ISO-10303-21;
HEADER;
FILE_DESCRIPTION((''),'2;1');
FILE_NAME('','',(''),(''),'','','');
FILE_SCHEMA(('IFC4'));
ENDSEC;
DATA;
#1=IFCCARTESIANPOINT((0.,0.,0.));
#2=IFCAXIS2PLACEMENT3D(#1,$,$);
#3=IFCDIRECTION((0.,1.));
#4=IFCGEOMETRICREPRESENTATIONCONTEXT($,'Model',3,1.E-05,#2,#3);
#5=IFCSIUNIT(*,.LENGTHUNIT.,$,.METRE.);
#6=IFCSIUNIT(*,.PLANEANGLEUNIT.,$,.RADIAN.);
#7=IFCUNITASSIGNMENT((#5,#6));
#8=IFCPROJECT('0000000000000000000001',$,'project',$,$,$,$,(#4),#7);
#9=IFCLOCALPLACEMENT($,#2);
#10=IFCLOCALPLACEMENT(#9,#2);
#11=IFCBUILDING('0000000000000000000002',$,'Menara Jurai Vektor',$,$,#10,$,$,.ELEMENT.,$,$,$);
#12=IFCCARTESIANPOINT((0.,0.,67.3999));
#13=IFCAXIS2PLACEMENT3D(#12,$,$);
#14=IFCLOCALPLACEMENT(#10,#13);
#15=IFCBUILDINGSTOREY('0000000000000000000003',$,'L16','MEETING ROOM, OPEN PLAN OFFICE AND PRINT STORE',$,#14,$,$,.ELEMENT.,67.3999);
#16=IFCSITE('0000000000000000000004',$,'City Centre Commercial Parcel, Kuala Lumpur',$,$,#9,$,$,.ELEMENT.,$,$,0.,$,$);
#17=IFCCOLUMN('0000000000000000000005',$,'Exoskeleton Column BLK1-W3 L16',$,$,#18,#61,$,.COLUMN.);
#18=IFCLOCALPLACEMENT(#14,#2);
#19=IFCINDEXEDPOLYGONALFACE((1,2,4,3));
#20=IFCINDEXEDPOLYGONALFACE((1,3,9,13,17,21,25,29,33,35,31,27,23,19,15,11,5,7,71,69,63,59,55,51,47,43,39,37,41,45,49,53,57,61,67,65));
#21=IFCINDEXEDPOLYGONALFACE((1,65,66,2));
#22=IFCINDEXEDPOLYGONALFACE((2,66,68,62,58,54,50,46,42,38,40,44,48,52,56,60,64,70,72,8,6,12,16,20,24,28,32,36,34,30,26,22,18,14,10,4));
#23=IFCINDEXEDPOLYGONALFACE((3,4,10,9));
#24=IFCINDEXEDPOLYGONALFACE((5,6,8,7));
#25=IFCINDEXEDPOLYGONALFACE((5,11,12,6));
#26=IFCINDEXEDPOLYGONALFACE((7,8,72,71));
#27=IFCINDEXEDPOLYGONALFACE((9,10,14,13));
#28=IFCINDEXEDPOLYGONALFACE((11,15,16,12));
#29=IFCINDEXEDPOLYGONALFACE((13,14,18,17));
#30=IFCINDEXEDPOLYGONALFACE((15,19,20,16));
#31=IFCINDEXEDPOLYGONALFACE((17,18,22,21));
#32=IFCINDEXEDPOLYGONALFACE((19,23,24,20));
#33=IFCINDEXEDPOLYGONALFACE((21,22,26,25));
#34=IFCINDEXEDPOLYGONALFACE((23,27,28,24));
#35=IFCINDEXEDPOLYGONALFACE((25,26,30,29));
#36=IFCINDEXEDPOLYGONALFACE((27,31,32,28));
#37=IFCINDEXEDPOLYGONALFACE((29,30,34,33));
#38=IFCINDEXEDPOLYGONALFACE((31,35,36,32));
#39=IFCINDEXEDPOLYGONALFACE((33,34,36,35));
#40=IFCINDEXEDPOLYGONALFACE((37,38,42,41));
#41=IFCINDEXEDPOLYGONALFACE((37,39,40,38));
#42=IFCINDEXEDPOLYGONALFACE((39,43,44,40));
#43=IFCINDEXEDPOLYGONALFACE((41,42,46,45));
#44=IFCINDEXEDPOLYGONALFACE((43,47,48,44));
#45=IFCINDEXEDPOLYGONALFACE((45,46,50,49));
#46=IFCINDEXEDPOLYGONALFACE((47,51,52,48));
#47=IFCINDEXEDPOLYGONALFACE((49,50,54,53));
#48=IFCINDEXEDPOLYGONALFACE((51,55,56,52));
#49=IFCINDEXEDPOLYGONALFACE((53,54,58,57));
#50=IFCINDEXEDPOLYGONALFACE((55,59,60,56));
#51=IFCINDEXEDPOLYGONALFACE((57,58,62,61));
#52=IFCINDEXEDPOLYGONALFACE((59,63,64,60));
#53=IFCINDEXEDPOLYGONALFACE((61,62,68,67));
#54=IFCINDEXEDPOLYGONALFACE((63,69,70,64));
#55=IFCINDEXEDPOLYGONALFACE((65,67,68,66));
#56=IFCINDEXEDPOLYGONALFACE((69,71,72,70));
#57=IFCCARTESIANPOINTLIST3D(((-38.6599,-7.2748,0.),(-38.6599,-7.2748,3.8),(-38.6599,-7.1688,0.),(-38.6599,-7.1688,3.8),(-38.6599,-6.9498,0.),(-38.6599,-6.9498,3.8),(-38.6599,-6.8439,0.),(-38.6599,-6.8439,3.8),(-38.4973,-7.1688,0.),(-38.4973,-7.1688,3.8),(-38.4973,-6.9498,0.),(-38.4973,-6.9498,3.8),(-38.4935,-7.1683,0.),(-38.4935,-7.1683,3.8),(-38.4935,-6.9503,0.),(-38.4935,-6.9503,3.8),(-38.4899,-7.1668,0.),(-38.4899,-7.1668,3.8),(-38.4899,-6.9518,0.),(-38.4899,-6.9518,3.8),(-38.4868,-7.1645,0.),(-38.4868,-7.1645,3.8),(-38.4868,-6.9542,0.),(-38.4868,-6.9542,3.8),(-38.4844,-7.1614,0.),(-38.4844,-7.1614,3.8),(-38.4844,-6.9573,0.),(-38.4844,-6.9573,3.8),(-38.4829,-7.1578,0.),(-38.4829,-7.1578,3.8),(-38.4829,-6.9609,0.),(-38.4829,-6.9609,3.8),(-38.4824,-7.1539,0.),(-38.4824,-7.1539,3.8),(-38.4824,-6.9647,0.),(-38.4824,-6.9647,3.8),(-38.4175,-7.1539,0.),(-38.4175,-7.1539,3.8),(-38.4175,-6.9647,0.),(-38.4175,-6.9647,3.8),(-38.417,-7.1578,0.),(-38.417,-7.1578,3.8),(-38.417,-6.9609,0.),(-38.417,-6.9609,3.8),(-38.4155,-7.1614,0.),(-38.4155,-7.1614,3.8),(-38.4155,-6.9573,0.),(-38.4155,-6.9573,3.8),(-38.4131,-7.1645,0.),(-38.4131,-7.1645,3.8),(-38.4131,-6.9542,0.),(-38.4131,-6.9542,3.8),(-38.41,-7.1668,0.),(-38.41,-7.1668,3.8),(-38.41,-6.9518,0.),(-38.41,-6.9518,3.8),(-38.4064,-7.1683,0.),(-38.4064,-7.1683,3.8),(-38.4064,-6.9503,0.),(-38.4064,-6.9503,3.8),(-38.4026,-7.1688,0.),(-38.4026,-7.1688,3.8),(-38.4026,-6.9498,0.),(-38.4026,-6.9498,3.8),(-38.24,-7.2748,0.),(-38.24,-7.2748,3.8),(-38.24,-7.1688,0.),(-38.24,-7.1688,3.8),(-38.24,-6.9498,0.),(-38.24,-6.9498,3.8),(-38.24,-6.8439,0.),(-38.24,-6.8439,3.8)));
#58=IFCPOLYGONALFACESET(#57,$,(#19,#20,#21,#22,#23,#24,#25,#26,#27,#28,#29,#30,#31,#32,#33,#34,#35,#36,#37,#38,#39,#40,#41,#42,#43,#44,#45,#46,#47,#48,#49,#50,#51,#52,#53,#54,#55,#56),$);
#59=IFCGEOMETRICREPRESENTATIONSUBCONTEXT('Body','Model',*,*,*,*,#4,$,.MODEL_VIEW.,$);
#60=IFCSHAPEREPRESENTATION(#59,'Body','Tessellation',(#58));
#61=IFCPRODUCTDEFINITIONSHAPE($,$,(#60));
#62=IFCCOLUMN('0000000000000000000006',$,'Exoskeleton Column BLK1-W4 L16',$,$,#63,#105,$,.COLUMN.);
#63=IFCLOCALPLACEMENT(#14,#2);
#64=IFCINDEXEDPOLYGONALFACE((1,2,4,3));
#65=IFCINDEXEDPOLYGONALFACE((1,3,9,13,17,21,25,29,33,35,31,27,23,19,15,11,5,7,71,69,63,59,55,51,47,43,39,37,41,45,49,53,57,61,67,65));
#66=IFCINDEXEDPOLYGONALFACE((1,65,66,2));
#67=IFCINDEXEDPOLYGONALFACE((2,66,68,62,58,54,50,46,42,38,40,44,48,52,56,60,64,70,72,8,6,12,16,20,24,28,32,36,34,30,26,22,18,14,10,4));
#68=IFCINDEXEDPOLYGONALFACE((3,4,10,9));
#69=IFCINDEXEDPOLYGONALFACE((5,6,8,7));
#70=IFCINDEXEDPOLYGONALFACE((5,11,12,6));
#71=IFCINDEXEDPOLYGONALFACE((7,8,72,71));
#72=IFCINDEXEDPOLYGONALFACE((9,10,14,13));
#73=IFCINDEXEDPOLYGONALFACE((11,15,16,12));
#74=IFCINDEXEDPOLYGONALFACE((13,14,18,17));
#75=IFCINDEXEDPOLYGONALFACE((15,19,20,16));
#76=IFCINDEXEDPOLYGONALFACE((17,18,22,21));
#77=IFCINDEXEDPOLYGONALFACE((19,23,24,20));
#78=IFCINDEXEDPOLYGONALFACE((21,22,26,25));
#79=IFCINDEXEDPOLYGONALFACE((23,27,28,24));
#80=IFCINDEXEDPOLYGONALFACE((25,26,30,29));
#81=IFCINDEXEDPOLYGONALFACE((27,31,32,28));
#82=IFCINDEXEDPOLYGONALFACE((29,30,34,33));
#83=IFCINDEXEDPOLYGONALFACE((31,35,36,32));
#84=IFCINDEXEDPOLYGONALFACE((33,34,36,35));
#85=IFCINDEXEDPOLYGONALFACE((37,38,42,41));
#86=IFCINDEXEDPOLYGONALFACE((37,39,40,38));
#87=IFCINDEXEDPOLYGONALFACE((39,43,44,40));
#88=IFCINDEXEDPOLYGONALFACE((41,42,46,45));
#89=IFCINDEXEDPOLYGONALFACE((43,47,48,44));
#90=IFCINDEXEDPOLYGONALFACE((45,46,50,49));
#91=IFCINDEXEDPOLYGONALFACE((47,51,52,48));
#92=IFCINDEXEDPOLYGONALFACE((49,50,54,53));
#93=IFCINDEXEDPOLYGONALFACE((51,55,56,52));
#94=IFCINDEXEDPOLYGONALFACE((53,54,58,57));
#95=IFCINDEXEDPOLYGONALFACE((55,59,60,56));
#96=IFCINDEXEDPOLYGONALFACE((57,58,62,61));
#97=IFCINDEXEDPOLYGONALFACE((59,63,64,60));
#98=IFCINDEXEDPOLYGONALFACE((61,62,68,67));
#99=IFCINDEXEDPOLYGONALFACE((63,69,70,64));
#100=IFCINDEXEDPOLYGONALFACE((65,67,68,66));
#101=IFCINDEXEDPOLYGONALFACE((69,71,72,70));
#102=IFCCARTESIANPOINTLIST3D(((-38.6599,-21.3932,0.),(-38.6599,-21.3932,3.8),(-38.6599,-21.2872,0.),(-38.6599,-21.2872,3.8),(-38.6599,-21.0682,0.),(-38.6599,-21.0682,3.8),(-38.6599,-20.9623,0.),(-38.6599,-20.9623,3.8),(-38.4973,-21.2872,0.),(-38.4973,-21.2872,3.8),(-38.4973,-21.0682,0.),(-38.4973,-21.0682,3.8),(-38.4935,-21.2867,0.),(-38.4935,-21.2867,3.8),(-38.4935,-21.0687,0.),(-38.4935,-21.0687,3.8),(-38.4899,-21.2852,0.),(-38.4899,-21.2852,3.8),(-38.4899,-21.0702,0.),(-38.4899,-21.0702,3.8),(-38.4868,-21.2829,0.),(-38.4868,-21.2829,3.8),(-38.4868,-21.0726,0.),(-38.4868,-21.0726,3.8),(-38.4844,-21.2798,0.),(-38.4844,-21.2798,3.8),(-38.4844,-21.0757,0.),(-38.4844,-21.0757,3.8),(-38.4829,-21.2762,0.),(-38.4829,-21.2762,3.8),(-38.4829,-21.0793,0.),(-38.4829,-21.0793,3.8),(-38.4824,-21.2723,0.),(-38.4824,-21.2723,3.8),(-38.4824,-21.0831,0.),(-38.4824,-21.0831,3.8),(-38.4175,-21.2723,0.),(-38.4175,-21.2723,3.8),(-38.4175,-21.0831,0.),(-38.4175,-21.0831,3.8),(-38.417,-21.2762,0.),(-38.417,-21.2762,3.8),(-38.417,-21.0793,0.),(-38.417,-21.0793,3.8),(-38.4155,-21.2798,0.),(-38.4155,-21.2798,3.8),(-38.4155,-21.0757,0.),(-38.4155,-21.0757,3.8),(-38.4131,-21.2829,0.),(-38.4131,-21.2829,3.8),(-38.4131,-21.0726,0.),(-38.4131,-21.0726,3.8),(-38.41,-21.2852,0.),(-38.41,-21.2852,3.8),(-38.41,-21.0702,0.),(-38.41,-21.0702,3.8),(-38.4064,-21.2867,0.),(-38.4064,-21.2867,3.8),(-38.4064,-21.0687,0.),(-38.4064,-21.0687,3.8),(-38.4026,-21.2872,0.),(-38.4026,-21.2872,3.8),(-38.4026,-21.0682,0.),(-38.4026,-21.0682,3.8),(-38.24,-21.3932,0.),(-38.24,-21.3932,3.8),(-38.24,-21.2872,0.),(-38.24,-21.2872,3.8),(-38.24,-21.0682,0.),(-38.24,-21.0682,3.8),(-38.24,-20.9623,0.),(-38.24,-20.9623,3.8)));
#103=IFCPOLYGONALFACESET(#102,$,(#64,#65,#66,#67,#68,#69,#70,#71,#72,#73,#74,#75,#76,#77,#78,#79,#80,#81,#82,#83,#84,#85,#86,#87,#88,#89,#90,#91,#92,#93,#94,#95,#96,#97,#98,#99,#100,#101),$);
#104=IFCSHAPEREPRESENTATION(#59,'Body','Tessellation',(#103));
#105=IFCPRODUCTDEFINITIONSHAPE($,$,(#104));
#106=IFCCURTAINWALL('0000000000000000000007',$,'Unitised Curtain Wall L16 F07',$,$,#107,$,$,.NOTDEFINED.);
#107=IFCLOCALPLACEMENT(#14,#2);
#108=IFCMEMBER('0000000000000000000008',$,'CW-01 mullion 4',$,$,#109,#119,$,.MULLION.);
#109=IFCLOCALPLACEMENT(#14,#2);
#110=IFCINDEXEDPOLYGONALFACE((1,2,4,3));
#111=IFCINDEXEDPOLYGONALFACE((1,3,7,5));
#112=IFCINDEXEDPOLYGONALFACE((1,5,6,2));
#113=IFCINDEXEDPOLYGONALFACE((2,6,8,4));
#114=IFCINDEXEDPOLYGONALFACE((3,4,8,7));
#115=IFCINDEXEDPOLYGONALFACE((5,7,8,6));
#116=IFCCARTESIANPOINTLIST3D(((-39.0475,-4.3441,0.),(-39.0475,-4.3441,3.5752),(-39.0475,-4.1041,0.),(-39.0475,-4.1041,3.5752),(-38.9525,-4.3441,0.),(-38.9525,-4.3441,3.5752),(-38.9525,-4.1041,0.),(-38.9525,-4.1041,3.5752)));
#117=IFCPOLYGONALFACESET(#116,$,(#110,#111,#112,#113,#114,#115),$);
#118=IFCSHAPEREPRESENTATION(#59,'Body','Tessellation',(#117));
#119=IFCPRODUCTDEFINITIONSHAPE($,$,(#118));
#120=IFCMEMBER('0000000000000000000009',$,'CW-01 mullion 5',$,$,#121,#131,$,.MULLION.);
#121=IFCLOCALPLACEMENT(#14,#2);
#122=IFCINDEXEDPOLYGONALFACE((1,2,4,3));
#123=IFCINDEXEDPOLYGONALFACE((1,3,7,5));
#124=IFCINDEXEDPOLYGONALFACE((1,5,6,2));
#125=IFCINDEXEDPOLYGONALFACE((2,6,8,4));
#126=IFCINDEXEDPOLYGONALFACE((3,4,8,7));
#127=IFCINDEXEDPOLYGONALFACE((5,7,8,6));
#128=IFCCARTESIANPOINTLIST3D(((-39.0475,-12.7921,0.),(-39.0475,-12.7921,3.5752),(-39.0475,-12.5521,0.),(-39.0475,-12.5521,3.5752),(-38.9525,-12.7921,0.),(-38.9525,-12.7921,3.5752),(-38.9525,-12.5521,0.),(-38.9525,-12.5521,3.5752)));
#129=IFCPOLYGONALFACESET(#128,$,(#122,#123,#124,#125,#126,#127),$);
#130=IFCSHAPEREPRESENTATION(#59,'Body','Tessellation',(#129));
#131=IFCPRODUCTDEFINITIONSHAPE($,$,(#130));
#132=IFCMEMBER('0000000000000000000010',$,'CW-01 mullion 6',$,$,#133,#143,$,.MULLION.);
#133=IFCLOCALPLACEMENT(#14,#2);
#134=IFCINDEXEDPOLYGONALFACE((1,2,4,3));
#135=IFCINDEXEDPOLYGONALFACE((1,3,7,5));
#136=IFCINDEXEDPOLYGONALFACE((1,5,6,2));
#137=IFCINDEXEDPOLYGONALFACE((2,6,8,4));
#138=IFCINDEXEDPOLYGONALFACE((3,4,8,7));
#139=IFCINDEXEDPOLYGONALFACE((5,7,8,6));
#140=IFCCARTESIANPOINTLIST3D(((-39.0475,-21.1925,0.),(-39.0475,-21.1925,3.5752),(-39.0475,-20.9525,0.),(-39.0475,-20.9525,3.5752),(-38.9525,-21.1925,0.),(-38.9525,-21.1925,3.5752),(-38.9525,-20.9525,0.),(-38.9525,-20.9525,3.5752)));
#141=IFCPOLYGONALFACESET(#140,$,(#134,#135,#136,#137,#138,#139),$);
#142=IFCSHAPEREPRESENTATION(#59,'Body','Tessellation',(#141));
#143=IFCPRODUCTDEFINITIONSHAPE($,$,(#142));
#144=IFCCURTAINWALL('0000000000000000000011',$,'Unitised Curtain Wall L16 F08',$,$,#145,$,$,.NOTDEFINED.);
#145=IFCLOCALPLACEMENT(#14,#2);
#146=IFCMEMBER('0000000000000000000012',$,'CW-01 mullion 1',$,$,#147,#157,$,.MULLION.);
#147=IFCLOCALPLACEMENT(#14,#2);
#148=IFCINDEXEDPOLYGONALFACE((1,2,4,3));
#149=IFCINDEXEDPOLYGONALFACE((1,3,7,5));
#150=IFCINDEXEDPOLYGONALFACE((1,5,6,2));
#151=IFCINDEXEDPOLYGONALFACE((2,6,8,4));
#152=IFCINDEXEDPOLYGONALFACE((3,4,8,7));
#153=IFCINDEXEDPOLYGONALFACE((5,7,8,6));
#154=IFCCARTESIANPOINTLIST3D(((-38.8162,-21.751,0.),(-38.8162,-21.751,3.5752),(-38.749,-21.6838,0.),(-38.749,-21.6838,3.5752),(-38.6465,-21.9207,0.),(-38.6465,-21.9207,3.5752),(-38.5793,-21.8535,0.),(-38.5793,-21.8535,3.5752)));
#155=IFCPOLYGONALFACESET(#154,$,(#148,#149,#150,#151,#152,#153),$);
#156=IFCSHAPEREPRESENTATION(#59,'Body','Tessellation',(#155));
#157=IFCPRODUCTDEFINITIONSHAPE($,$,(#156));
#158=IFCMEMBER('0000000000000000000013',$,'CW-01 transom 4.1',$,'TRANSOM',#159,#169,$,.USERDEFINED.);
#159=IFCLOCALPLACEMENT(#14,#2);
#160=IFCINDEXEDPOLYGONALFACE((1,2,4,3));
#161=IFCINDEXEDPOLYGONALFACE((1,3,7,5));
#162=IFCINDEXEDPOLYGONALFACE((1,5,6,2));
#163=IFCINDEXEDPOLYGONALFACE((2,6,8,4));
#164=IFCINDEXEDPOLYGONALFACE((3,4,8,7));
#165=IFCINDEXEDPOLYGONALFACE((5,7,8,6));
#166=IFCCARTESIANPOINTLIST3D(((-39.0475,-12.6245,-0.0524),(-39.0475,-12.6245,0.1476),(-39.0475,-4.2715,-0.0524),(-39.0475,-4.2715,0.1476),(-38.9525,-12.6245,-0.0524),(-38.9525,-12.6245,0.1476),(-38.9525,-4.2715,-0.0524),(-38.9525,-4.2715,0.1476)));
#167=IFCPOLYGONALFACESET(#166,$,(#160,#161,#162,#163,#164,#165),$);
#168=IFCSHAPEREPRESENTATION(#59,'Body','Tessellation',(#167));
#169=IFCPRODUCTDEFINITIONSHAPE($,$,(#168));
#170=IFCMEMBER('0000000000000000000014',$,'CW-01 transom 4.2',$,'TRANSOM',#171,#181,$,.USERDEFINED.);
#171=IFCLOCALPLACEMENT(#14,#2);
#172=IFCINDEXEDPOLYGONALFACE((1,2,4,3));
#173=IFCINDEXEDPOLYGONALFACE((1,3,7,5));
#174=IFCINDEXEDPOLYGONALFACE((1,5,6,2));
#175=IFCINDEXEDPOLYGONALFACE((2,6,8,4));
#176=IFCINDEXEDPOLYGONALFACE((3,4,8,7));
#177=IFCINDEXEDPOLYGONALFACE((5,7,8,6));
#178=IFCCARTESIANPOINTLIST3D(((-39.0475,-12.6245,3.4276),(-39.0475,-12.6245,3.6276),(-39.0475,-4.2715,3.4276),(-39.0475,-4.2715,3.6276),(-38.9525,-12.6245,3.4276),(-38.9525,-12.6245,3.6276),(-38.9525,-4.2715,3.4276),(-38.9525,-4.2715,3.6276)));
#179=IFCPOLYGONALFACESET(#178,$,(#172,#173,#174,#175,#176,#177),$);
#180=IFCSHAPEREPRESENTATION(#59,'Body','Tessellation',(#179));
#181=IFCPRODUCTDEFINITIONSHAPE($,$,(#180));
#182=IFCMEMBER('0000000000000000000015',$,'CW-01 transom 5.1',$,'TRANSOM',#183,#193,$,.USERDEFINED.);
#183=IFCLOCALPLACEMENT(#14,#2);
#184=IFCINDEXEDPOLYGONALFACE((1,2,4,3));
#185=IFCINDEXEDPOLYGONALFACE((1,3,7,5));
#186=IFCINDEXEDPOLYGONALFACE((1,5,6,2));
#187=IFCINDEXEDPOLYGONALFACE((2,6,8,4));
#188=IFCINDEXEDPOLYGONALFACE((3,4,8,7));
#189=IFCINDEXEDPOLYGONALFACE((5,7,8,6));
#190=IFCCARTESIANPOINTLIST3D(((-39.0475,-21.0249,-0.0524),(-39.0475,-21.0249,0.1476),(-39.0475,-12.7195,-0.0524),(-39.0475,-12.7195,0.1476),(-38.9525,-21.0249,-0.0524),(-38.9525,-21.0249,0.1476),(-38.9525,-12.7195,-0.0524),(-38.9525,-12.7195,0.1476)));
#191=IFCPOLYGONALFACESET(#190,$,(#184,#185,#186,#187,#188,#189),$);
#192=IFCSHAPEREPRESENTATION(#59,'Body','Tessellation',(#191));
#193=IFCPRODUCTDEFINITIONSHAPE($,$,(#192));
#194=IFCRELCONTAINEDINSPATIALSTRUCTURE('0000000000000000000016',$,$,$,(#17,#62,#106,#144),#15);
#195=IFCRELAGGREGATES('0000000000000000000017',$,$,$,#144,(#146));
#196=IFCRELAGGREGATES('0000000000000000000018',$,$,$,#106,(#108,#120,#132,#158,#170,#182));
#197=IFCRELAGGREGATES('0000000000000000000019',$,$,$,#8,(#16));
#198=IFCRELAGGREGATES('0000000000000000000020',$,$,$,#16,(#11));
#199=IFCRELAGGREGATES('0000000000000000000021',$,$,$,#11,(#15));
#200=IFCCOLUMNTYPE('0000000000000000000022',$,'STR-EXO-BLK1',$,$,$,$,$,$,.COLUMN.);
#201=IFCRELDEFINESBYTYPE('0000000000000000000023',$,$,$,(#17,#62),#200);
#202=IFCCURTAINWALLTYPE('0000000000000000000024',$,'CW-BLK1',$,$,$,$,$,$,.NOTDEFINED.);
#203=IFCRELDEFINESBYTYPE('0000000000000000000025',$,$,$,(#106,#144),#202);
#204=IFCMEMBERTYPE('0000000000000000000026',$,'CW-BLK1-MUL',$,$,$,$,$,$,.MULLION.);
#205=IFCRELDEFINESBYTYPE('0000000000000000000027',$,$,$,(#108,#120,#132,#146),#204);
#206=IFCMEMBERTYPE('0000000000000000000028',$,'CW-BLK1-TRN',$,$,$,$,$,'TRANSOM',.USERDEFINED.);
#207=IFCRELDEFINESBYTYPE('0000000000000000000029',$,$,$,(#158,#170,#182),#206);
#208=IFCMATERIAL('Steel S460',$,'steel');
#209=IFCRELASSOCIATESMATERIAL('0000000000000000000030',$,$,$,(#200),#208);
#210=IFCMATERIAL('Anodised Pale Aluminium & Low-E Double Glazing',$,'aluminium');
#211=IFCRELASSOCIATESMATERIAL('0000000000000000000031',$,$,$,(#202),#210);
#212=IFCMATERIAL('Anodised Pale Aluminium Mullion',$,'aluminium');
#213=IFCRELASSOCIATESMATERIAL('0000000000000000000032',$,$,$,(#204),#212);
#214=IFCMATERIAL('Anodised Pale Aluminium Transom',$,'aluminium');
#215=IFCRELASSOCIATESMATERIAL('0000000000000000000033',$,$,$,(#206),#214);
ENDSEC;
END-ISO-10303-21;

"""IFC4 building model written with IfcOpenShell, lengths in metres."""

from ifc_helpers import new_model, si_unit, direction, frame, origin, origin_2d, place, context, subcontext, project, spatial, rectangle, i_section, extrude, material, material_profile, profile_set, type_object, element, aggregate, save


model = new_model("IFC4")

# Units and contexts
model_context = context("Model", 3, precision=1e-05, world=origin(), true_north=direction((0.0, 1.0)))
body_context = subcontext(model_context, "Body", "Model", "MODEL_VIEW")
ifc_project = project(units=[si_unit("LENGTHUNIT", "METRE"), si_unit("PLANEANGLEUNIT", "RADIAN")], contexts=[model_context])

# Site, building, storey
site_placement = place(None, origin())
site = spatial("IfcSite", under=ifc_project, at=site_placement, Name="City Centre Commercial Parcel, Kuala Lumpur", CompositionType="ELEMENT", RefElevation=0.0)
building_placement = place(site_placement, origin())
building = spatial("IfcBuilding", under=site, at=building_placement, Name="Menara Jurai Vektor", CompositionType="ELEMENT")
storey_placement = place(building_placement, frame((0.0, 0.0, 67.3999)))
storey = spatial("IfcBuildingStorey", under=building, at=storey_placement, Name="L16", Description="MEETING ROOM, OPEN PLAN OFFICE AND PRINT STORE", CompositionType="ELEMENT", Elevation=67.3999)

# Columns
ifc_material_1 = material(Name="Steel S460", Category="steel")
ifc_material_profile_1 = material_profile(ifc_material_1, i_section(OverallWidth=0.4199, OverallDepth=0.4309, WebThickness=0.0649, FlangeThickness=0.106, FilletRadius=0.0149, at=origin_2d()), Name="HD 400x900")
ifc_profile_set_1 = profile_set([ifc_material_profile_1], Name="Steel S460")
column_type = type_object("IfcColumnType", Name="STR-EXO-BLK1", PredefinedType="COLUMN", material=ifc_profile_set_1)
for number, where, z_axis, x_axis, name in (
    (1, (-38.45, -7.0593, 0.0), (0.0, 0.0, 1.0), (1.0, 0.0, 0.0), "Exoskeleton Column BLK1-W3 L16"),
    (2, (-38.45, -21.1777, 0.0), (0.0, 0.0, 1.0), (1.0, 0.0, 0.0), "Exoskeleton Column BLK1-W4 L16"),
):
    element("IfcColumn", number, at=place(storey_placement, frame(where, z_axis=z_axis, x_axis=x_axis)), inside=storey, type_object=column_type, Name=name, PredefinedType="COLUMN", context=body_context, shape_type="SweptSolid", body=[
        extrude(i_section(OverallWidth=0.4199, OverallDepth=0.4309, WebThickness=0.0649, FlangeThickness=0.106, FilletRadius=0.0149, at=origin_2d()), origin(), (0.0, 0.0, 1.0), 3.8),
    ])

# Curtain wall, members
ifc_material_2 = material(Name="Anodised Pale Aluminium & Low-E Double Glazing", Category="aluminium")
curtain_wall_type = type_object("IfcCurtainWallType", Name="CW-BLK1", PredefinedType="NOTDEFINED", material=ifc_material_2)
curtain_wall_1_placement = place(storey_placement, origin())
curtain_wall_1 = element("IfcCurtainWall", 3, at=curtain_wall_1_placement, inside=storey, type_object=curtain_wall_type, Name="Unitised Curtain Wall L16 F07", PredefinedType="NOTDEFINED")
ifc_material_3 = material(Name="Anodised Pale Aluminium Mullion", Category="aluminium")
ifc_material_profile_2 = material_profile(ifc_material_3, rectangle(XDim=0.095, YDim=0.24, at=origin_2d()), Name="ALU MUL 95x240")
ifc_profile_set_2 = profile_set([ifc_material_profile_2], Name="Anodised Pale Aluminium Mullion")
member_type_1 = type_object("IfcMemberType", Name="CW-BLK1-MUL", PredefinedType="MULLION", material=ifc_profile_set_2)
member_1_placement = place(storey_placement, frame((-39.0, -4.2241, 0.0), z_axis=(0.0, 0.0, 1.0), x_axis=(1.0, 0.0, 0.0)))
member_1 = element("IfcMember", 4, at=member_1_placement, type_object=member_type_1, Name="CW-01 mullion 4", PredefinedType="MULLION", context=body_context, shape_type="SweptSolid", body=[
    extrude(rectangle(XDim=0.095, YDim=0.24, at=origin_2d()), origin(), (0.0, 0.0, 1.0), 3.5752),
])
member_2_placement = place(storey_placement, frame((-39.0, -12.6721, 0.0), z_axis=(0.0, 0.0, 1.0), x_axis=(1.0, 0.0, 0.0)))
member_2 = element("IfcMember", 5, at=member_2_placement, type_object=member_type_1, Name="CW-01 mullion 5", PredefinedType="MULLION", context=body_context, shape_type="SweptSolid", body=[
    extrude(rectangle(XDim=0.095, YDim=0.24, at=origin_2d()), origin(), (0.0, 0.0, 1.0), 3.5752),
])
member_3_placement = place(storey_placement, frame((-39.0, -21.0725, 0.0), z_axis=(0.0, 0.0, 1.0), x_axis=(1.0, 0.0, 0.0)))
member_3 = element("IfcMember", 6, at=member_3_placement, type_object=member_type_1, Name="CW-01 mullion 6", PredefinedType="MULLION", context=body_context, shape_type="SweptSolid", body=[
    extrude(rectangle(XDim=0.095, YDim=0.24, at=origin_2d()), origin(), (0.0, 0.0, 1.0), 3.5752),
])

# Curtain wall, member
curtain_wall_2_placement = place(storey_placement, origin())
curtain_wall_2 = element("IfcCurtainWall", 7, at=curtain_wall_2_placement, inside=storey, type_object=curtain_wall_type, Name="Unitised Curtain Wall L16 F08", PredefinedType="NOTDEFINED")
member_4_placement = place(storey_placement, frame((-38.6978, -21.8022, 0.0), z_axis=(0.0, 0.0, 1.0), x_axis=(0.707107, 0.707107, 0.0)))
member_4 = element("IfcMember", 8, at=member_4_placement, type_object=member_type_1, Name="CW-01 mullion 1", PredefinedType="MULLION", context=body_context, shape_type="SweptSolid", body=[
    extrude(rectangle(XDim=0.095, YDim=0.24, at=origin_2d()), origin(), (0.0, 0.0, 1.0), 3.5752),
])
aggregate(curtain_wall_2, [member_4])

# Members
ifc_material_4 = material(Name="Anodised Pale Aluminium Transom", Category="aluminium")
ifc_material_profile_3 = material_profile(ifc_material_4, rectangle(XDim=0.095, YDim=0.2, at=origin_2d()), Name="ALU TRN 95x200")
ifc_profile_set_3 = profile_set([ifc_material_profile_3], Name="Anodised Pale Aluminium Transom")
member_type_2 = type_object("IfcMemberType", Name="CW-BLK1-TRN", ElementType="TRANSOM", PredefinedType="USERDEFINED", material=ifc_profile_set_3)
member_5_placement = place(storey_placement, frame((-39.0, -4.2715, 0.0476), z_axis=(0.0, -1.0, 0.0), x_axis=(1.0, 0.0, 0.0)))
member_5 = element("IfcMember", 9, at=member_5_placement, type_object=member_type_2, Name="CW-01 transom 4.1", ObjectType="TRANSOM", PredefinedType="USERDEFINED", context=body_context, shape_type="SweptSolid", body=[
    extrude(rectangle(XDim=0.095, YDim=0.2, at=origin_2d()), origin(), (0.0, 0.0, 1.0), 8.353),
])
member_6_placement = place(storey_placement, frame((-39.0, -4.2715, 3.5276), z_axis=(0.0, -1.0, 0.0), x_axis=(1.0, 0.0, 0.0)))
member_6 = element("IfcMember", 10, at=member_6_placement, type_object=member_type_2, Name="CW-01 transom 4.2", ObjectType="TRANSOM", PredefinedType="USERDEFINED", context=body_context, shape_type="SweptSolid", body=[
    extrude(rectangle(XDim=0.095, YDim=0.2, at=origin_2d()), origin(), (0.0, 0.0, 1.0), 8.353),
])
member_7_placement = place(storey_placement, frame((-39.0, -12.7195, 0.0476), z_axis=(0.0, -1.0, 0.0), x_axis=(1.0, 0.0, 0.0)))
member_7 = element("IfcMember", 11, at=member_7_placement, type_object=member_type_2, Name="CW-01 transom 5.1", ObjectType="TRANSOM", PredefinedType="USERDEFINED", context=body_context, shape_type="SweptSolid", body=[
    extrude(rectangle(XDim=0.095, YDim=0.2, at=origin_2d()), origin(), (0.0, 0.0, 1.0), 8.3054),
])

aggregate(curtain_wall_1, [member_1, member_2, member_3, member_5, member_6, member_7])

save(model, "model.ifc")
